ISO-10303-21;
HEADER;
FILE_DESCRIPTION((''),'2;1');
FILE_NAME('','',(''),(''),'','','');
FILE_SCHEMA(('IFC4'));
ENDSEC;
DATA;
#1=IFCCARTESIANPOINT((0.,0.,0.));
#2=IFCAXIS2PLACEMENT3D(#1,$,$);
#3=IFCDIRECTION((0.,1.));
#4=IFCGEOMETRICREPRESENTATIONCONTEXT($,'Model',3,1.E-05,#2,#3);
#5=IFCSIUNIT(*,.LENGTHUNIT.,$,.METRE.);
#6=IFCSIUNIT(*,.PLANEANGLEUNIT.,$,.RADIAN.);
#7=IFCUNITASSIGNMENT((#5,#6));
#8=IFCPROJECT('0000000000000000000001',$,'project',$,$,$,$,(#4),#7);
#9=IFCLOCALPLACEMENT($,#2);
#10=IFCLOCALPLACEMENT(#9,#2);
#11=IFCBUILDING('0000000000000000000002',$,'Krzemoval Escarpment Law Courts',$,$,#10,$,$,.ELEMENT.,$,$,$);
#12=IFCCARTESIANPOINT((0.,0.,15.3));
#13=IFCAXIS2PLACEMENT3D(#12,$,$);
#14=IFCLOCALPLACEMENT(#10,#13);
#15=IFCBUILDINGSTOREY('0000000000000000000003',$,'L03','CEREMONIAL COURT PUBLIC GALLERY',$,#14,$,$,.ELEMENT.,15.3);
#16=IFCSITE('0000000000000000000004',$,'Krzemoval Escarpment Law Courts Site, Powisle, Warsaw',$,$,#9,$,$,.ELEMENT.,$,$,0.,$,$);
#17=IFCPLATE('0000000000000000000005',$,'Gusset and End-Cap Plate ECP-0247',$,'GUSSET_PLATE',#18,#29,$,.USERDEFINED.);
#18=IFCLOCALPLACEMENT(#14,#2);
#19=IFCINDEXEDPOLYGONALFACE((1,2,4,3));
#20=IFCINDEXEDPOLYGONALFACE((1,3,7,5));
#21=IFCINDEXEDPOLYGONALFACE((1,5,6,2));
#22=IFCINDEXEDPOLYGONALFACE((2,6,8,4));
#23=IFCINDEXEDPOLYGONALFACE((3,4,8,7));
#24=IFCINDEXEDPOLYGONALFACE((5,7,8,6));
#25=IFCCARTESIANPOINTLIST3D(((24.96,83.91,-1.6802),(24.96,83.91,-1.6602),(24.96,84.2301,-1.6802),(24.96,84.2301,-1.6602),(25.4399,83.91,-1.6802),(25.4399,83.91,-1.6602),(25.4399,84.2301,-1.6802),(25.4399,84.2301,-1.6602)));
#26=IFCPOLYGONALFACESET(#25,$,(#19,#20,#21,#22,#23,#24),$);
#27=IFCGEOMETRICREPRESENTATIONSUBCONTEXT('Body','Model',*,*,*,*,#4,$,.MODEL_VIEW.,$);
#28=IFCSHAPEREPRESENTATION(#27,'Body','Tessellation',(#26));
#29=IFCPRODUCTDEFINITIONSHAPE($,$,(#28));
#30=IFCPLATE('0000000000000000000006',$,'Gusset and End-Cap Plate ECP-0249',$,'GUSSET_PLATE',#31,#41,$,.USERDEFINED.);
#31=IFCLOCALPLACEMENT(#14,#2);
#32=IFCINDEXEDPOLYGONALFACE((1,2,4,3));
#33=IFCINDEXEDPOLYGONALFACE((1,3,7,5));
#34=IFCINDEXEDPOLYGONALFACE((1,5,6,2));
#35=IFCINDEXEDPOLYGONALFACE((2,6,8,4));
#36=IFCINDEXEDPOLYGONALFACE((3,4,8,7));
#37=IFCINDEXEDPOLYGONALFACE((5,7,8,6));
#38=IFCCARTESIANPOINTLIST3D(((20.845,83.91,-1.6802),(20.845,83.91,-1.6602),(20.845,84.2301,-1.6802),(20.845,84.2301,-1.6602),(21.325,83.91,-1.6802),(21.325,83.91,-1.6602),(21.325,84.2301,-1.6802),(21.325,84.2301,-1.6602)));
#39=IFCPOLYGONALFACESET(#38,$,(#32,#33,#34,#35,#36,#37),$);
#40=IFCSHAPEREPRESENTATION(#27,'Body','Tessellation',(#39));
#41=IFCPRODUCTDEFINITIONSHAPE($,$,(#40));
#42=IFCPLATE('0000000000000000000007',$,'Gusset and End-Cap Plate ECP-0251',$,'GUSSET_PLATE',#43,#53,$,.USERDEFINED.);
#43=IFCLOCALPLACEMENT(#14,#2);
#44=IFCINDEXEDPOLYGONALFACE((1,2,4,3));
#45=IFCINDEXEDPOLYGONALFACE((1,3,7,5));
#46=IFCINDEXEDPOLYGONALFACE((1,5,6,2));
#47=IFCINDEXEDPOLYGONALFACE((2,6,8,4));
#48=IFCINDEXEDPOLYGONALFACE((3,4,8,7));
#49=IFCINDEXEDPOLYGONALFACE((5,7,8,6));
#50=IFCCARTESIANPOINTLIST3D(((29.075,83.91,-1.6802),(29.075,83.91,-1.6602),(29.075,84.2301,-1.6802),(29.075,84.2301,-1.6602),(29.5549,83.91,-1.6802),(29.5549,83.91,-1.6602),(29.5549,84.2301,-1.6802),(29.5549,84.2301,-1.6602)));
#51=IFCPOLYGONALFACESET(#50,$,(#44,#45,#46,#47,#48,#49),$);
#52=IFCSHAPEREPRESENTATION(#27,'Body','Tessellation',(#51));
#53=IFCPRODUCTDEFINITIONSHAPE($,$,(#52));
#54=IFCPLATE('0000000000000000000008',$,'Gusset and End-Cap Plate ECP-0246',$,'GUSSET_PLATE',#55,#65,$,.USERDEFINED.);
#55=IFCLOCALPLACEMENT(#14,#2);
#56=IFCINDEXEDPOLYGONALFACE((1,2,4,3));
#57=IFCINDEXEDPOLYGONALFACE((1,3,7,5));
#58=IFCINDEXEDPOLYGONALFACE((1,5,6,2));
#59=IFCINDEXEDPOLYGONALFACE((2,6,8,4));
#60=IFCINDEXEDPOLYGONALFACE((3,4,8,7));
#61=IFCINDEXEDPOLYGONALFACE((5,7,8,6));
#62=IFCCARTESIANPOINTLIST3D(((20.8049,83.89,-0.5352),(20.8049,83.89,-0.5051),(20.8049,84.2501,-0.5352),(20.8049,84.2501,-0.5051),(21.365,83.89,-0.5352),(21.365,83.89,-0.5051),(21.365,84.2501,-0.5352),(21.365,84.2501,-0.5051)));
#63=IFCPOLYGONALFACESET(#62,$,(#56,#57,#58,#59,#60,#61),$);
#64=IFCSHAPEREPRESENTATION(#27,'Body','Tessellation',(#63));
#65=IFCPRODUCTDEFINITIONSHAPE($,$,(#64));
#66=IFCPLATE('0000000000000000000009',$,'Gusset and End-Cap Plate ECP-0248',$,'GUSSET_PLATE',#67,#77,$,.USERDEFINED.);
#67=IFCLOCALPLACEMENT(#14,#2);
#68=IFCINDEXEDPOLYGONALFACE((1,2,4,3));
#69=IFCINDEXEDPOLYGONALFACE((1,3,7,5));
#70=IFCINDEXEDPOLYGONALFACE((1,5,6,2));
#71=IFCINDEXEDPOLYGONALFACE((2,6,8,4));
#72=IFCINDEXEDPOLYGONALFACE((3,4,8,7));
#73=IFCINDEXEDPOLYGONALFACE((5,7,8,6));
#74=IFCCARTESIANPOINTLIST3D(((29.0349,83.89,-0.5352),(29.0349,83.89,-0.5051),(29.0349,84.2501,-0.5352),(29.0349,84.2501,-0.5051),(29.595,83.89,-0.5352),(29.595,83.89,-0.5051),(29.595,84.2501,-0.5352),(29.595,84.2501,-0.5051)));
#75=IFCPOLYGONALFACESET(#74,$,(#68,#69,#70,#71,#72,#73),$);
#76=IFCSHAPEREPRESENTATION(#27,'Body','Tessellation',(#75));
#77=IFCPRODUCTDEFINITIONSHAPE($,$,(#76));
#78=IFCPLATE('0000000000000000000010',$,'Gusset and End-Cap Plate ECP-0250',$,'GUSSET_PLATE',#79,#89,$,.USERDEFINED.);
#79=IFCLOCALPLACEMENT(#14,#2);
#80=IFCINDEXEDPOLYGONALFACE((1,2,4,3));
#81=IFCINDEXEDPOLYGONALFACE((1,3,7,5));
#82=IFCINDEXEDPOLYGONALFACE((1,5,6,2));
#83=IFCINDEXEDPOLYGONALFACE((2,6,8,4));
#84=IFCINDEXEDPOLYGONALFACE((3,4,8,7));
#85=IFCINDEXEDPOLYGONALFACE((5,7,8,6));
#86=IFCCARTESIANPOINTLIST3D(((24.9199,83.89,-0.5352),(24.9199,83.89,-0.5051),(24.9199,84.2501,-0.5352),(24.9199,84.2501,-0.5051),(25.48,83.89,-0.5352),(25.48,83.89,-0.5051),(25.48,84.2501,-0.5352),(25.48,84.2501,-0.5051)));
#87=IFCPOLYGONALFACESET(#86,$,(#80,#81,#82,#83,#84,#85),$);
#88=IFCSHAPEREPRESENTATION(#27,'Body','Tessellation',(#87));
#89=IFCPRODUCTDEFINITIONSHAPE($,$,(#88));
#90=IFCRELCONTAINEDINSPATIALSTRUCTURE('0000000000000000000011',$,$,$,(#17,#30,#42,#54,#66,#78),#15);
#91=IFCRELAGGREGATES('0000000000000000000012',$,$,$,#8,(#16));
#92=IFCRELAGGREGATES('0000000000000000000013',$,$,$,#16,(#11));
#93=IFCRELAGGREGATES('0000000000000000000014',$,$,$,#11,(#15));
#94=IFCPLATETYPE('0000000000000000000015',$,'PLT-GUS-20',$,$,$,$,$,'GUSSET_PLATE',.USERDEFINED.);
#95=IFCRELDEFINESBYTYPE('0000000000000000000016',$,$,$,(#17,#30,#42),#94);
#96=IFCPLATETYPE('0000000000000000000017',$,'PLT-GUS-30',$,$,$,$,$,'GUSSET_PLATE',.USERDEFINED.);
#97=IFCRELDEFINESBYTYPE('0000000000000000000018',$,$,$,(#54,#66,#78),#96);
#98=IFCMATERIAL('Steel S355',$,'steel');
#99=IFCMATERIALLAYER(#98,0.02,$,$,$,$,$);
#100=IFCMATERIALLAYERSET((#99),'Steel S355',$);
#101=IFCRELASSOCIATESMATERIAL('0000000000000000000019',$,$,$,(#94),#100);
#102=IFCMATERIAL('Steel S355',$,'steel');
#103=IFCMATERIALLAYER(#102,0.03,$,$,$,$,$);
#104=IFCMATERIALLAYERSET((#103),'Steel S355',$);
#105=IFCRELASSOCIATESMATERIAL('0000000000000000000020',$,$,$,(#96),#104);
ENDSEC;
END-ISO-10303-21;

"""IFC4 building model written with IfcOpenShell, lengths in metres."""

from ifc_helpers import new_model, si_unit, direction, frame, origin, origin_2d, place, context, subcontext, project, spatial, rectangle, extrude, material, layer, layer_set, type_object, element, save


model = new_model("IFC4")

# Units and contexts
model_context = context("Model", 3, precision=1e-05, world=origin(), true_north=direction((0.0, 1.0)))
body_context = subcontext(model_context, "Body", "Model", "MODEL_VIEW")
ifc_project = project(units=[si_unit("LENGTHUNIT", "METRE"), si_unit("PLANEANGLEUNIT", "RADIAN")], contexts=[model_context])

# Site, building, storey
site_placement = place(None, origin())
site = spatial("IfcSite", under=ifc_project, at=site_placement, Name="Krzemoval Escarpment Law Courts Site, Powisle, Warsaw", CompositionType="ELEMENT", RefElevation=0.0)
building_placement = place(site_placement, origin())
building = spatial("IfcBuilding", under=site, at=building_placement, Name="Krzemoval Escarpment Law Courts", CompositionType="ELEMENT")
storey_placement = place(building_placement, frame((0.0, 0.0, 15.3)))
storey = spatial("IfcBuildingStorey", under=building, at=storey_placement, Name="L03", Description="CEREMONIAL COURT PUBLIC GALLERY", CompositionType="ELEMENT", Elevation=15.3)

# Plates
ifc_material_1 = material(Name="Steel S355", Category="steel")
ifc_layer_1 = layer(ifc_material_1, 0.02)
ifc_layer_set_1 = layer_set([ifc_layer_1], Name="Steel S355")
plate_type_1 = type_object("IfcPlateType", Name="PLT-GUS-20", ElementType="GUSSET_PLATE", PredefinedType="USERDEFINED", material=ifc_layer_set_1)
for number, where, z_axis, x_axis, name in (
    (1, (25.2, 84.0701, -1.6802), (0.0, 0.0, 1.0), (1.0, 0.0, 0.0), "Gusset and End-Cap Plate ECP-0247"),
    (2, (21.085, 84.0701, -1.6802), (0.0, 0.0, 1.0), (1.0, 0.0, 0.0), "Gusset and End-Cap Plate ECP-0249"),
    (3, (29.3149, 84.0701, -1.6802), (0.0, 0.0, 1.0), (1.0, 0.0, 0.0), "Gusset and End-Cap Plate ECP-0251"),
):
    element("IfcPlate", number, at=place(storey_placement, frame(where, z_axis=z_axis, x_axis=x_axis)), inside=storey, type_object=plate_type_1, Name=name, ObjectType="GUSSET_PLATE", PredefinedType="USERDEFINED", context=body_context, shape_type="SweptSolid", body=[
        extrude(rectangle(XDim=0.48, YDim=0.3201, at=origin_2d()), origin(), (0.0, 0.0, 1.0), 0.02),
    ])
ifc_material_2 = material(Name="Steel S355", Category="steel")
ifc_layer_2 = layer(ifc_material_2, 0.03)
ifc_layer_set_2 = layer_set([ifc_layer_2], Name="Steel S355")
plate_type_2 = type_object("IfcPlateType", Name="PLT-GUS-30", ElementType="GUSSET_PLATE", PredefinedType="USERDEFINED", material=ifc_layer_set_2)
for number, where, z_axis, x_axis, name in (
    (4, (21.085, 84.0701, -0.5352), (0.0, 0.0, 1.0), (1.0, 0.0, 0.0), "Gusset and End-Cap Plate ECP-0246"),
    (5, (29.3149, 84.0701, -0.5352), (0.0, 0.0, 1.0), (1.0, 0.0, 0.0), "Gusset and End-Cap Plate ECP-0248"),
    (6, (25.2, 84.0701, -0.5352), (0.0, 0.0, 1.0), (1.0, 0.0, 0.0), "Gusset and End-Cap Plate ECP-0250"),
):
    element("IfcPlate", number, at=place(storey_placement, frame(where, z_axis=z_axis, x_axis=x_axis)), inside=storey, type_object=plate_type_2, Name=name, ObjectType="GUSSET_PLATE", PredefinedType="USERDEFINED", context=body_context, shape_type="SweptSolid", body=[
        extrude(rectangle(XDim=0.5601, YDim=0.3601, at=origin_2d()), origin(), (0.0, 0.0, 1.0), 0.03),
    ])

save(model, "model.ifc")
